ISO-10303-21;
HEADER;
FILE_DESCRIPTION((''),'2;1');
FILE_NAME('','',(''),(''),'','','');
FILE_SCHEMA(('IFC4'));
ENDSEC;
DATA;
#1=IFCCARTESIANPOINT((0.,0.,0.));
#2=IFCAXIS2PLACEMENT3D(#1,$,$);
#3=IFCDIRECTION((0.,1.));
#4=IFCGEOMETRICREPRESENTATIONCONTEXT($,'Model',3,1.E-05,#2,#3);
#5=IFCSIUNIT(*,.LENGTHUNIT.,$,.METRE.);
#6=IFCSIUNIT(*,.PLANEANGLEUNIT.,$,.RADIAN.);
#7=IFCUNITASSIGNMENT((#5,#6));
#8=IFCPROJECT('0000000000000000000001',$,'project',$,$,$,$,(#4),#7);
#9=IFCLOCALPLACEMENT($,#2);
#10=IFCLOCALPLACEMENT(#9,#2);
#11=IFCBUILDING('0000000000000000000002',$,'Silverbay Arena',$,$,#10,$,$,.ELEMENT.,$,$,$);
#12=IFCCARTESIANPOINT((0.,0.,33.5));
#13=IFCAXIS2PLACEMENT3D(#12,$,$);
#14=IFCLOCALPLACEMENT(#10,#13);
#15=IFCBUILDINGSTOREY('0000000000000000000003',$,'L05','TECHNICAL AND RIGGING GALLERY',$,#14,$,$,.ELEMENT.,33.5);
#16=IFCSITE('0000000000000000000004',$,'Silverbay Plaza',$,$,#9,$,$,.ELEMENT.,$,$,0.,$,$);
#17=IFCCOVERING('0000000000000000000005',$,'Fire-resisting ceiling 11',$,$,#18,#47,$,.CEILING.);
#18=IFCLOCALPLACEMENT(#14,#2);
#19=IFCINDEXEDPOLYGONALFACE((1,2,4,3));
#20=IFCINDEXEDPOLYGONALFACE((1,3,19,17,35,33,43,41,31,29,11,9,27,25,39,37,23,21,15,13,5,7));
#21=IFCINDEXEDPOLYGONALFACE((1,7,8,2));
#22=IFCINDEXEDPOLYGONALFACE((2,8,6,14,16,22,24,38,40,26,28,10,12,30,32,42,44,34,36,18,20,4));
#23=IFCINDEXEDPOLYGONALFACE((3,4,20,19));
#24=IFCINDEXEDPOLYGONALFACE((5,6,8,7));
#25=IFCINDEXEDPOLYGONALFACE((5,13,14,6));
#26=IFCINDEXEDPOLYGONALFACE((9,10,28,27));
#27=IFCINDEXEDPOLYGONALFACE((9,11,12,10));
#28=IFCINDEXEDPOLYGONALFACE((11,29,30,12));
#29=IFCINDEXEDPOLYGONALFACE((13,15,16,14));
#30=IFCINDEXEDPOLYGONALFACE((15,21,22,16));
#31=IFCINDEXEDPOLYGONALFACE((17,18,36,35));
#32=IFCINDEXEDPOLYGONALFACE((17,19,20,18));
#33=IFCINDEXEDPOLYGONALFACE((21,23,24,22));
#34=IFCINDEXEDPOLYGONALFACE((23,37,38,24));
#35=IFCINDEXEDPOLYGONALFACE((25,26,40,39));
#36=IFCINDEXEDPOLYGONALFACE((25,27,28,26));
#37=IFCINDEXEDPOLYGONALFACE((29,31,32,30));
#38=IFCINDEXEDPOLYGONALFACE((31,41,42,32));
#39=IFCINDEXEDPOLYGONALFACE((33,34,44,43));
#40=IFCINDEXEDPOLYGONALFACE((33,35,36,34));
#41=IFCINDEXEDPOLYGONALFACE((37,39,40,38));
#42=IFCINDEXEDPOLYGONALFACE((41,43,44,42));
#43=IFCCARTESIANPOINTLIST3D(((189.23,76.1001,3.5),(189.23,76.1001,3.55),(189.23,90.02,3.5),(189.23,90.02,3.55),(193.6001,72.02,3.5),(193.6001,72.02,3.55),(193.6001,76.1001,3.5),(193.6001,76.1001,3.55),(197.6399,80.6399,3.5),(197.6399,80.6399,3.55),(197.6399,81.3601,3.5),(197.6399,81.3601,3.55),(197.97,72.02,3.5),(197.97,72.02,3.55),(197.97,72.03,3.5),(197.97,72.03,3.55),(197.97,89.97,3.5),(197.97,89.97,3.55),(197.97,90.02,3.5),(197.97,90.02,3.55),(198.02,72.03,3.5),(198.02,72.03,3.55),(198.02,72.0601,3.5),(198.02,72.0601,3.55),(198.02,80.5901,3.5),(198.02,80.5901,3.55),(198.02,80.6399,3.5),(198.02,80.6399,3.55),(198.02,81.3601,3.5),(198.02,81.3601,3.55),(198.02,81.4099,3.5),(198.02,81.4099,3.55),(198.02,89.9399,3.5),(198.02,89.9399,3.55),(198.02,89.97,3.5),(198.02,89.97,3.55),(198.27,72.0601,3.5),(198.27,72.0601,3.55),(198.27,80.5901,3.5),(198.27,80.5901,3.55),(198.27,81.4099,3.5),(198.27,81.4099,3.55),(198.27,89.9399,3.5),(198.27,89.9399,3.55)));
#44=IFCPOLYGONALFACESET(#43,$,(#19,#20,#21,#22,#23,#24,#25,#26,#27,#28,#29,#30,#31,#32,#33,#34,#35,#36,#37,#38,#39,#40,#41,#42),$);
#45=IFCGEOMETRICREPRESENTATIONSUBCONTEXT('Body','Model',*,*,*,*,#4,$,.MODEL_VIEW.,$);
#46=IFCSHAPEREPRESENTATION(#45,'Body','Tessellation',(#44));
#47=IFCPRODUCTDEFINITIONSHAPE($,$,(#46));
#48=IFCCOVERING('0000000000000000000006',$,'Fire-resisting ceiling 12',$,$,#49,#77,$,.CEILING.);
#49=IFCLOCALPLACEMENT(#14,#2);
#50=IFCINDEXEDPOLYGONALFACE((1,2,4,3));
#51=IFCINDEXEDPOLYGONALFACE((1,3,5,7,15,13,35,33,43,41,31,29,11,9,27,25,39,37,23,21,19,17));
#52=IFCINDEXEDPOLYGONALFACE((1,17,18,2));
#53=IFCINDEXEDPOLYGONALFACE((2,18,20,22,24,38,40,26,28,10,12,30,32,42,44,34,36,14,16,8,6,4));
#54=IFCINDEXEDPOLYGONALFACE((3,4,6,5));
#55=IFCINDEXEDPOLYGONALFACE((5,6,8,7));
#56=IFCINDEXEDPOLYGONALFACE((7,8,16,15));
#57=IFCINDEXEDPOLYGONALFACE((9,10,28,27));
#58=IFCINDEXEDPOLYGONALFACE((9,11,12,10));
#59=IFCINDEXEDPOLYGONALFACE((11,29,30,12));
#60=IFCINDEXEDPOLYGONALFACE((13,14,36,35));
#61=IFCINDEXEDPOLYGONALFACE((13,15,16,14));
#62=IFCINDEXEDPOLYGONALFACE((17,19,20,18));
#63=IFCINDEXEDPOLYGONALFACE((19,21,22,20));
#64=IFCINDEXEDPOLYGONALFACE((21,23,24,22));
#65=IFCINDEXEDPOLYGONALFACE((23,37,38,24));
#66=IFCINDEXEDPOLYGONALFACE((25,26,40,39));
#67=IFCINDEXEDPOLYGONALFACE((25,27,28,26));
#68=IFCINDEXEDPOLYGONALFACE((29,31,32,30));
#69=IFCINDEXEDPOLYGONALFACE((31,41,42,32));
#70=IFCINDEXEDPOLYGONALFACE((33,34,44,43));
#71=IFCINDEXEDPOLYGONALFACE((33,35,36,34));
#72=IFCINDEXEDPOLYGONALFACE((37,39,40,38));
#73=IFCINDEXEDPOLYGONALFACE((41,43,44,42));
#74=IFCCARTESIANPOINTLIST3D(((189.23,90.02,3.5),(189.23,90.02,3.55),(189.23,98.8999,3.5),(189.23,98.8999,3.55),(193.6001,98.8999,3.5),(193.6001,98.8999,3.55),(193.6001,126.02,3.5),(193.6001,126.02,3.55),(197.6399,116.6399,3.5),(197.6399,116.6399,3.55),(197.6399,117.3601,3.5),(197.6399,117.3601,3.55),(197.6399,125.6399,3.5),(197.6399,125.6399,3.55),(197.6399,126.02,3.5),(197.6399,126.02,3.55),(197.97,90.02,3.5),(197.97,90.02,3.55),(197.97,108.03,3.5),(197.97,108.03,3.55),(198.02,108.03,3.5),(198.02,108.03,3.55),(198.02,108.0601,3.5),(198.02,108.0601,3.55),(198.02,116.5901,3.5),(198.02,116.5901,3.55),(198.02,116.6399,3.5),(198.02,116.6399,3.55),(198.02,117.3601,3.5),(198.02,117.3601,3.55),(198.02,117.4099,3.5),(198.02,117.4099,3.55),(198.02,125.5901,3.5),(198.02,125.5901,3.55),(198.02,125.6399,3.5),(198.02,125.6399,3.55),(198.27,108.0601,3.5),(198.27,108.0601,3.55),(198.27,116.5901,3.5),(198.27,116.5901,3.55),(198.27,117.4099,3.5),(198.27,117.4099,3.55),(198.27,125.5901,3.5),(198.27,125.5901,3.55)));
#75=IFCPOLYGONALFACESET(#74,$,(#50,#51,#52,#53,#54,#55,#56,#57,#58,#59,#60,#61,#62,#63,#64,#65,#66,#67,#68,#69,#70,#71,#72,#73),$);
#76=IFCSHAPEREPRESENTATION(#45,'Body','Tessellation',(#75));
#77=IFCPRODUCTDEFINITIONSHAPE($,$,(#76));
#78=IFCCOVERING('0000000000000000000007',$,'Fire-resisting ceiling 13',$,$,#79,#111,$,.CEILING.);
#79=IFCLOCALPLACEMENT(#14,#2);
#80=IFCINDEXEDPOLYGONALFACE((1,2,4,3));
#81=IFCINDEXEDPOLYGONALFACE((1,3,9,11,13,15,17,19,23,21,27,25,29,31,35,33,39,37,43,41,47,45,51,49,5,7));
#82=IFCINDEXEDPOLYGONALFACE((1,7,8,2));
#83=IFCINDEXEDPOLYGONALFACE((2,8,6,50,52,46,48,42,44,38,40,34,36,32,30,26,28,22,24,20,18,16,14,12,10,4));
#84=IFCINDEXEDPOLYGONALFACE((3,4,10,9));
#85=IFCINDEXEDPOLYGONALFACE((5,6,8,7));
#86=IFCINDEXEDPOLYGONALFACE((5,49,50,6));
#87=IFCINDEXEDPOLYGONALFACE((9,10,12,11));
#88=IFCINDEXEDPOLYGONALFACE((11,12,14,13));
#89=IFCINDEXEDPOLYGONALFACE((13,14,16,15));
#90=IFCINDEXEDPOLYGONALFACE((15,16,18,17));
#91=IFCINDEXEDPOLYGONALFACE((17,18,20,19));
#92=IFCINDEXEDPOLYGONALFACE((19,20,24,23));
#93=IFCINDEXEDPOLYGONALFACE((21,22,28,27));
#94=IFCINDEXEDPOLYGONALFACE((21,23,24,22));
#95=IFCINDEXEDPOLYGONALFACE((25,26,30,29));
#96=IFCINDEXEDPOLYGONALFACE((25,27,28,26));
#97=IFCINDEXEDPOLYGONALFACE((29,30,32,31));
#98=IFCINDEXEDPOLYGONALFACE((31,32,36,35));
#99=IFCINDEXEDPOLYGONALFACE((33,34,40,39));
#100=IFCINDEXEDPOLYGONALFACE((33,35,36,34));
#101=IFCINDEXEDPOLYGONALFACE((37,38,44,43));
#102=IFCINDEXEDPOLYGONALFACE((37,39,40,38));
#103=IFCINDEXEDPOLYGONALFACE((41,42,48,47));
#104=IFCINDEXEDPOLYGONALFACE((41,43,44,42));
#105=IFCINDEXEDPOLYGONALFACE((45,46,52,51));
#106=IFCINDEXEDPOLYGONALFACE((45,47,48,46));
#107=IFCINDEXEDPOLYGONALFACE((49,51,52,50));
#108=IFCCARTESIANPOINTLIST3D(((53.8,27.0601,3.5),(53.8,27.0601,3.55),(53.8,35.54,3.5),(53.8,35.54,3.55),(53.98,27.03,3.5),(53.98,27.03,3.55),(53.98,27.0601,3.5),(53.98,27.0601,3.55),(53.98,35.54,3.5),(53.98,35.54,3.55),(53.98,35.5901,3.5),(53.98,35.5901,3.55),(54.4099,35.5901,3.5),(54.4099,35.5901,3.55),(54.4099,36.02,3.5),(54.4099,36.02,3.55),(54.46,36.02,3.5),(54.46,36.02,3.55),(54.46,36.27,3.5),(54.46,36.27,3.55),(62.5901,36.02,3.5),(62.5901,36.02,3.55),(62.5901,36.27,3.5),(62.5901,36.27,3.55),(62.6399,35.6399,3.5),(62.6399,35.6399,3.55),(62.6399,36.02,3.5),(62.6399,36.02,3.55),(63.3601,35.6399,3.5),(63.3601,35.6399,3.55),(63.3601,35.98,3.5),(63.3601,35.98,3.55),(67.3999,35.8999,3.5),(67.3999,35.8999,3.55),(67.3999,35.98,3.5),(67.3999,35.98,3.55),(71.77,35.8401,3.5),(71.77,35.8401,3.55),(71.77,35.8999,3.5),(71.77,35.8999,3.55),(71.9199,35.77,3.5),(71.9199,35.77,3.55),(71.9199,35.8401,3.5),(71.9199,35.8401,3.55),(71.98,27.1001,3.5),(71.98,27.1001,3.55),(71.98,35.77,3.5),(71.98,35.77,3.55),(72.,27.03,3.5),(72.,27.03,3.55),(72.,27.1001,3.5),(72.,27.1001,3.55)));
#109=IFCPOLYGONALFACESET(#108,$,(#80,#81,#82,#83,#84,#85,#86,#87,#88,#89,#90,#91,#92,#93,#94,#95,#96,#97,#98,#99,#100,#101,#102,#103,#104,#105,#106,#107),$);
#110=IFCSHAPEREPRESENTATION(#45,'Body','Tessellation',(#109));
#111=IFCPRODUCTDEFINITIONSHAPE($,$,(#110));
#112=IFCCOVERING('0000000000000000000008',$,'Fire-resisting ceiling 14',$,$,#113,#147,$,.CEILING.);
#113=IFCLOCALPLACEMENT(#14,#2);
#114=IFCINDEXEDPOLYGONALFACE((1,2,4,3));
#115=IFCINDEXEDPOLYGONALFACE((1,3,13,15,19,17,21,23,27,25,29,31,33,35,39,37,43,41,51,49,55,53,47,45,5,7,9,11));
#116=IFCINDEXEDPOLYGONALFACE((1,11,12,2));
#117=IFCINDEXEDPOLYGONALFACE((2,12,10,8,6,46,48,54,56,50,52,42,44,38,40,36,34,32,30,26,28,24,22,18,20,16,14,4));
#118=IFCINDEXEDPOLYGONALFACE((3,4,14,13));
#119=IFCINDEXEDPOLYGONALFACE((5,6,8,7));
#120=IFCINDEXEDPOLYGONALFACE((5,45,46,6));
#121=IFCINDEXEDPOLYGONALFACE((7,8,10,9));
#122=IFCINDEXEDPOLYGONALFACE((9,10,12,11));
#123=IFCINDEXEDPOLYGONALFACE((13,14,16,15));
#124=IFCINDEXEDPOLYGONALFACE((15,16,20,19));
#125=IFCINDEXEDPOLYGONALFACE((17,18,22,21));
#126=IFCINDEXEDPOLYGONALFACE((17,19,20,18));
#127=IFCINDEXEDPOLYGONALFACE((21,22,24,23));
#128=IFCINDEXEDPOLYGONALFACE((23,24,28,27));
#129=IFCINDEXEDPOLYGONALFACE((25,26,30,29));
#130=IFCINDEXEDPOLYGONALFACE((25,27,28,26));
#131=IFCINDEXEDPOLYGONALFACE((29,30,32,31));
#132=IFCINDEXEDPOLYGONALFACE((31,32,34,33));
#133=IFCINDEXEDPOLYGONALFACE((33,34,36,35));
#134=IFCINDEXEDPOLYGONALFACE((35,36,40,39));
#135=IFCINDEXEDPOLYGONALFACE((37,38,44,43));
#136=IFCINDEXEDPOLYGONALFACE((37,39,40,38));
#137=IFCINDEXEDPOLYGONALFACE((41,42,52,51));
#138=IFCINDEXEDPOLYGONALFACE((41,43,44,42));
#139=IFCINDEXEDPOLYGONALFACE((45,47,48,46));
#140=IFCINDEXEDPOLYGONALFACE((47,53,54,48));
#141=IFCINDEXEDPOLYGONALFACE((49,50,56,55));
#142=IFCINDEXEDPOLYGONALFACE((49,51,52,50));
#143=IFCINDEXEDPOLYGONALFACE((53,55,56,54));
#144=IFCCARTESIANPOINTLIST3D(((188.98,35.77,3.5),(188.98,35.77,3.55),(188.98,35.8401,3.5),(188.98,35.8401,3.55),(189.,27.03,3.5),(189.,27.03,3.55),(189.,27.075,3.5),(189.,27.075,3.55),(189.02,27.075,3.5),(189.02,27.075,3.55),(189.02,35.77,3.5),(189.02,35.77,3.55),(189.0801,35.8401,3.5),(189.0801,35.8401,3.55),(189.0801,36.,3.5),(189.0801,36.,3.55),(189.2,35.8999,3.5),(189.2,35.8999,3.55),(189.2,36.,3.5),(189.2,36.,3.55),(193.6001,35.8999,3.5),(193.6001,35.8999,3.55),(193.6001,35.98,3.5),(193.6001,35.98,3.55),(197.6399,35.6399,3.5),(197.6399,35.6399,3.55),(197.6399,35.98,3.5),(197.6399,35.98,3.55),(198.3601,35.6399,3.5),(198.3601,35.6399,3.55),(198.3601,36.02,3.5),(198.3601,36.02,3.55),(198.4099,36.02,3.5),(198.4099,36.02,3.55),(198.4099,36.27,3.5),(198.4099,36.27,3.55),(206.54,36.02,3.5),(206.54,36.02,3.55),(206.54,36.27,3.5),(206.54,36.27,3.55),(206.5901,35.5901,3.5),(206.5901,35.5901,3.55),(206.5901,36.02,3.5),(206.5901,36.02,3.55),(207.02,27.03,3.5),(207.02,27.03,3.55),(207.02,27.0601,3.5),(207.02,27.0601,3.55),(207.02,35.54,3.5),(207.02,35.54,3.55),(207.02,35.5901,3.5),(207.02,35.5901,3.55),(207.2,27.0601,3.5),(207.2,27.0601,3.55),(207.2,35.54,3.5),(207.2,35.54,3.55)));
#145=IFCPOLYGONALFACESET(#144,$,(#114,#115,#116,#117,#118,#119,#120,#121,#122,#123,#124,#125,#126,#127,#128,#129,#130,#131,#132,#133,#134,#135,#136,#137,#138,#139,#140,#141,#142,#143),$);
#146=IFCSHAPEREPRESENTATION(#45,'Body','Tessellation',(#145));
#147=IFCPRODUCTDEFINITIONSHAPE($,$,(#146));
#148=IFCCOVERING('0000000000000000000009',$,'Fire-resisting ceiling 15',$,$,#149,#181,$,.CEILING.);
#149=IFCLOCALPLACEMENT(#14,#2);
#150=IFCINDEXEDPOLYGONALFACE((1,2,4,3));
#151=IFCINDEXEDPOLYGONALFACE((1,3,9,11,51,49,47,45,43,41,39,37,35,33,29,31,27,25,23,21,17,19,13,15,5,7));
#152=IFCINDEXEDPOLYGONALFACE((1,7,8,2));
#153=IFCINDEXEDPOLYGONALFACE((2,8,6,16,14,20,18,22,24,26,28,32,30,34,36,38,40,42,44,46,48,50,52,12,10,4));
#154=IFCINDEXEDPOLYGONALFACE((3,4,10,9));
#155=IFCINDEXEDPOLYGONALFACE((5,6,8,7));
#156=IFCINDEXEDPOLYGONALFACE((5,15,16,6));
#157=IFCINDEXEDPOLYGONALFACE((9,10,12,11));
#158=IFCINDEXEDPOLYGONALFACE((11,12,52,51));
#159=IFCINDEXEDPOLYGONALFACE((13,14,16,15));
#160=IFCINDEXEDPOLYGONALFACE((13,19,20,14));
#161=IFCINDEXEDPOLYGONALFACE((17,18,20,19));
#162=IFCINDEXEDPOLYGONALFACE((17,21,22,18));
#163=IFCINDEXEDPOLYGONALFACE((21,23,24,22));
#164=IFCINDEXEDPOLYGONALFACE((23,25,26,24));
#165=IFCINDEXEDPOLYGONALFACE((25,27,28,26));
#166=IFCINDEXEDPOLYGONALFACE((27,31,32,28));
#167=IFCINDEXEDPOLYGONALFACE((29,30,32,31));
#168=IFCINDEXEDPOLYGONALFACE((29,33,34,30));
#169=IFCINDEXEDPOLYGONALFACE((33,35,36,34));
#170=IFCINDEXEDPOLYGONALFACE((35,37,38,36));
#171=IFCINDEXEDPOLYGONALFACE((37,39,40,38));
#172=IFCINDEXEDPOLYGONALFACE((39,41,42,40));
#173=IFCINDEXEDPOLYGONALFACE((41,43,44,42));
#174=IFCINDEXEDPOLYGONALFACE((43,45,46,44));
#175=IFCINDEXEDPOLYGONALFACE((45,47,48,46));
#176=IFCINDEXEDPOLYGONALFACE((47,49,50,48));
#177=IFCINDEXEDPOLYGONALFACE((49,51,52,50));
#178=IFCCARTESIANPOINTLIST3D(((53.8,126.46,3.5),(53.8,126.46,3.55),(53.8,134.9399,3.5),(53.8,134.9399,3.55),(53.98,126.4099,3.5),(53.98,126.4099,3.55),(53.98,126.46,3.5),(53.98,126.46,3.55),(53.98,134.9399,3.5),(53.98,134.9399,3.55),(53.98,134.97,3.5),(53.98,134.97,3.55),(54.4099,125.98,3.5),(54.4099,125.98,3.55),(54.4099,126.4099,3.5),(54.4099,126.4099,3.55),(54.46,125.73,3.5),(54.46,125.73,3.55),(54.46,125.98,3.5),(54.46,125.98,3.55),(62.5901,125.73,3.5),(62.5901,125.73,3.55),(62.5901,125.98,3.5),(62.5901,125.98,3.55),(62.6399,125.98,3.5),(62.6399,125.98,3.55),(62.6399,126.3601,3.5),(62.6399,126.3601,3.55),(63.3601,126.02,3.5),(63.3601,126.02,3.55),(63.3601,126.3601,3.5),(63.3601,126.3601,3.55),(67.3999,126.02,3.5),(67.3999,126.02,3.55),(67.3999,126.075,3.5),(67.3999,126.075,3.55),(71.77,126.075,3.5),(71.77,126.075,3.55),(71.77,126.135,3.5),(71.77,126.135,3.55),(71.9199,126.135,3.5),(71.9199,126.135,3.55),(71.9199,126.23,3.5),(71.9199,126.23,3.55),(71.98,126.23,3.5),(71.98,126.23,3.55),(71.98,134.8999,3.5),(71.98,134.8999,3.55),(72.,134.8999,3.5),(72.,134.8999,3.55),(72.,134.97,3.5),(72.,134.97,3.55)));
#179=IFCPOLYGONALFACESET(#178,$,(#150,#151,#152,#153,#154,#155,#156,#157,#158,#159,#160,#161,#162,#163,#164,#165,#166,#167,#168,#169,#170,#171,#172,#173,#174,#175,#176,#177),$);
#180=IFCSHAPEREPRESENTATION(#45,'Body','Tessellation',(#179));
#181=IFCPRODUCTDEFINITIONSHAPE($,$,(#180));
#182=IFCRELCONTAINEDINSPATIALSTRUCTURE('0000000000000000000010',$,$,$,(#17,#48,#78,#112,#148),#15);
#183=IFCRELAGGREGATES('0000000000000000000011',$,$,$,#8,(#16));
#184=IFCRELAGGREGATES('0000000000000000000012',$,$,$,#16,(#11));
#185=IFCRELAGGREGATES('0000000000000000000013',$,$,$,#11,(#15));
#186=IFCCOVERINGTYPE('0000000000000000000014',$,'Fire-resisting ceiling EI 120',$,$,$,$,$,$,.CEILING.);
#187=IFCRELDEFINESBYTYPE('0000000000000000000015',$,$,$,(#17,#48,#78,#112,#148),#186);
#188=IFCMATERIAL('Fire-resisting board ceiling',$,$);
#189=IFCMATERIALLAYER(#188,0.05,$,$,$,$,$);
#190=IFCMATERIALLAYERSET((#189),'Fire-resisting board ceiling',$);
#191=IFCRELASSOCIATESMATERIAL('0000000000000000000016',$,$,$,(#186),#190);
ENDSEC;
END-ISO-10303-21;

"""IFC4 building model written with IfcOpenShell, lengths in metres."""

from ifc_helpers import new_model, si_unit, direction, frame, origin, place, context, subcontext, project, spatial, polyline, outline, extrude, material, layer, layer_set, type_object, element, save


model = new_model("IFC4")

# Units and contexts
model_context = context("Model", 3, precision=1e-05, world=origin(), true_north=direction((0.0, 1.0)))
body_context = subcontext(model_context, "Body", "Model", "MODEL_VIEW")
ifc_project = project(units=[si_unit("LENGTHUNIT", "METRE"), si_unit("PLANEANGLEUNIT", "RADIAN")], contexts=[model_context])

# Site, building, storey
site_placement = place(None, origin())
site = spatial("IfcSite", under=ifc_project, at=site_placement, Name="Silverbay Plaza", CompositionType="ELEMENT", RefElevation=0.0)
building_placement = place(site_placement, origin())
building = spatial("IfcBuilding", under=site, at=building_placement, Name="Silverbay Arena", CompositionType="ELEMENT")
storey_placement = place(building_placement, frame((0.0, 0.0, 33.5)))
storey = spatial("IfcBuildingStorey", under=building, at=storey_placement, Name="L05", Description="TECHNICAL AND RIGGING GALLERY", CompositionType="ELEMENT", Elevation=33.5)

# Coverings
ifc_material = material(Name="Fire-resisting board ceiling")
ifc_layer = layer(ifc_material, 0.05)
ifc_layer_set = layer_set([ifc_layer], Name="Fire-resisting board ceiling")
covering_type = type_object("IfcCoveringType", Name="Fire-resisting ceiling EI 120", PredefinedType="CEILING", material=ifc_layer_set)
covering_1_placement = place(storey_placement, frame((0.0, 0.0, 3.5)))
element("IfcCovering", 1, at=covering_1_placement, inside=storey, type_object=covering_type, Name="Fire-resisting ceiling 11", PredefinedType="CEILING", context=body_context, shape_type="SweptSolid", body=[
    extrude(outline(polyline([(198.27, 72.0601), (198.27, 80.5901), (198.02, 80.5901), (198.02, 80.6399), (197.6399, 80.6399), (197.6399, 81.3601), (198.02, 81.3601), (198.02, 81.4099), (198.27, 81.4099), (198.27, 89.9399), (198.02, 89.9399), (198.02, 89.97), (197.97, 89.97), (197.97, 90.02), (189.23, 90.02), (189.23, 76.1001), (193.6001, 76.1001), (193.6001, 72.02), (197.97, 72.02), (197.97, 72.03), (198.02, 72.03), (198.02, 72.0601), (198.27, 72.0601)])), origin(), (0.0, 0.0, 1.0), 0.05),
])
covering_2_placement = place(storey_placement, frame((0.0, 0.0, 3.5)))
element("IfcCovering", 2, at=covering_2_placement, inside=storey, type_object=covering_type, Name="Fire-resisting ceiling 12", PredefinedType="CEILING", context=body_context, shape_type="SweptSolid", body=[
    extrude(outline(polyline([(198.02, 117.4099), (198.27, 117.4099), (198.27, 125.5901), (198.02, 125.5901), (198.02, 125.6399), (197.6399, 125.6399), (197.6399, 126.02), (193.6001, 126.02), (193.6001, 98.8999), (189.23, 98.8999), (189.23, 90.02), (197.97, 90.02), (197.97, 108.03), (198.02, 108.03), (198.02, 108.0601), (198.27, 108.0601), (198.27, 116.5901), (198.02, 116.5901), (198.02, 116.6399), (197.6399, 116.6399), (197.6399, 117.3601), (198.02, 117.3601), (198.02, 117.4099)])), origin(), (0.0, 0.0, 1.0), 0.05),
])
covering_3_placement = place(storey_placement, frame((0.0, 0.0, 3.5)))
element("IfcCovering", 3, at=covering_3_placement, inside=storey, type_object=covering_type, Name="Fire-resisting ceiling 13", PredefinedType="CEILING", context=body_context, shape_type="SweptSolid", body=[
    extrude(outline(polyline([(53.98, 35.54), (53.8, 35.54), (53.8, 27.0601), (53.98, 27.0601), (53.98, 27.03), (72.0, 27.03), (72.0, 27.1001), (71.98, 27.1001), (71.98, 35.77), (71.9199, 35.77), (71.9199, 35.8401), (71.77, 35.8401), (71.77, 35.8999), (67.3999, 35.8999), (67.3999, 35.98), (63.3601, 35.98), (63.3601, 35.6399), (62.6399, 35.6399), (62.6399, 36.02), (62.5901, 36.02), (62.5901, 36.27), (54.46, 36.27), (54.46, 36.02), (54.4099, 36.02), (54.4099, 35.5901), (53.98, 35.5901), (53.98, 35.54)])), origin(), (0.0, 0.0, 1.0), 0.05),
])
covering_4_placement = place(storey_placement, frame((0.0, 0.0, 3.5)))
element("IfcCovering", 4, at=covering_4_placement, inside=storey, type_object=covering_type, Name="Fire-resisting ceiling 14", PredefinedType="CEILING", context=body_context, shape_type="SweptSolid", body=[
    extrude(outline(polyline([(207.02, 27.0601), (207.2, 27.0601), (207.2, 35.54), (207.02, 35.54), (207.02, 35.5901), (206.5901, 35.5901), (206.5901, 36.02), (206.54, 36.02), (206.54, 36.27), (198.4099, 36.27), (198.4099, 36.02), (198.3601, 36.02), (198.3601, 35.6399), (197.6399, 35.6399), (197.6399, 35.98), (193.6001, 35.98), (193.6001, 35.8999), (189.2, 35.8999), (189.2, 36.0), (189.0801, 36.0), (189.0801, 35.8401), (188.98, 35.8401), (188.98, 35.77), (189.02, 35.77), (189.02, 27.075), (189.0, 27.075), (189.0, 27.03), (207.02, 27.03), (207.02, 27.0601)])), origin(), (0.0, 0.0, 1.0), 0.05),
])
covering_5_placement = place(storey_placement, frame((0.0, 0.0, 3.5)))
element("IfcCovering", 5, at=covering_5_placement, inside=storey, type_object=covering_type, Name="Fire-resisting ceiling 15", PredefinedType="CEILING", context=body_context, shape_type="SweptSolid", body=[
    extrude(outline(polyline([(62.5901, 125.98), (62.6399, 125.98), (62.6399, 126.3601), (63.3601, 126.3601), (63.3601, 126.02), (67.3999, 126.02), (67.3999, 126.075), (71.77, 126.075), (71.77, 126.135), (71.9199, 126.135), (71.9199, 126.23), (71.98, 126.23), (71.98, 134.8999), (72.0, 134.8999), (72.0, 134.97), (53.98, 134.97), (53.98, 134.9399), (53.8, 134.9399), (53.8, 126.46), (53.98, 126.46), (53.98, 126.4099), (54.4099, 126.4099), (54.4099, 125.98), (54.46, 125.98), (54.46, 125.73), (62.5901, 125.73), (62.5901, 125.98)])), origin(), (0.0, 0.0, 1.0), 0.05),
])

save(model, "model.ifc")
